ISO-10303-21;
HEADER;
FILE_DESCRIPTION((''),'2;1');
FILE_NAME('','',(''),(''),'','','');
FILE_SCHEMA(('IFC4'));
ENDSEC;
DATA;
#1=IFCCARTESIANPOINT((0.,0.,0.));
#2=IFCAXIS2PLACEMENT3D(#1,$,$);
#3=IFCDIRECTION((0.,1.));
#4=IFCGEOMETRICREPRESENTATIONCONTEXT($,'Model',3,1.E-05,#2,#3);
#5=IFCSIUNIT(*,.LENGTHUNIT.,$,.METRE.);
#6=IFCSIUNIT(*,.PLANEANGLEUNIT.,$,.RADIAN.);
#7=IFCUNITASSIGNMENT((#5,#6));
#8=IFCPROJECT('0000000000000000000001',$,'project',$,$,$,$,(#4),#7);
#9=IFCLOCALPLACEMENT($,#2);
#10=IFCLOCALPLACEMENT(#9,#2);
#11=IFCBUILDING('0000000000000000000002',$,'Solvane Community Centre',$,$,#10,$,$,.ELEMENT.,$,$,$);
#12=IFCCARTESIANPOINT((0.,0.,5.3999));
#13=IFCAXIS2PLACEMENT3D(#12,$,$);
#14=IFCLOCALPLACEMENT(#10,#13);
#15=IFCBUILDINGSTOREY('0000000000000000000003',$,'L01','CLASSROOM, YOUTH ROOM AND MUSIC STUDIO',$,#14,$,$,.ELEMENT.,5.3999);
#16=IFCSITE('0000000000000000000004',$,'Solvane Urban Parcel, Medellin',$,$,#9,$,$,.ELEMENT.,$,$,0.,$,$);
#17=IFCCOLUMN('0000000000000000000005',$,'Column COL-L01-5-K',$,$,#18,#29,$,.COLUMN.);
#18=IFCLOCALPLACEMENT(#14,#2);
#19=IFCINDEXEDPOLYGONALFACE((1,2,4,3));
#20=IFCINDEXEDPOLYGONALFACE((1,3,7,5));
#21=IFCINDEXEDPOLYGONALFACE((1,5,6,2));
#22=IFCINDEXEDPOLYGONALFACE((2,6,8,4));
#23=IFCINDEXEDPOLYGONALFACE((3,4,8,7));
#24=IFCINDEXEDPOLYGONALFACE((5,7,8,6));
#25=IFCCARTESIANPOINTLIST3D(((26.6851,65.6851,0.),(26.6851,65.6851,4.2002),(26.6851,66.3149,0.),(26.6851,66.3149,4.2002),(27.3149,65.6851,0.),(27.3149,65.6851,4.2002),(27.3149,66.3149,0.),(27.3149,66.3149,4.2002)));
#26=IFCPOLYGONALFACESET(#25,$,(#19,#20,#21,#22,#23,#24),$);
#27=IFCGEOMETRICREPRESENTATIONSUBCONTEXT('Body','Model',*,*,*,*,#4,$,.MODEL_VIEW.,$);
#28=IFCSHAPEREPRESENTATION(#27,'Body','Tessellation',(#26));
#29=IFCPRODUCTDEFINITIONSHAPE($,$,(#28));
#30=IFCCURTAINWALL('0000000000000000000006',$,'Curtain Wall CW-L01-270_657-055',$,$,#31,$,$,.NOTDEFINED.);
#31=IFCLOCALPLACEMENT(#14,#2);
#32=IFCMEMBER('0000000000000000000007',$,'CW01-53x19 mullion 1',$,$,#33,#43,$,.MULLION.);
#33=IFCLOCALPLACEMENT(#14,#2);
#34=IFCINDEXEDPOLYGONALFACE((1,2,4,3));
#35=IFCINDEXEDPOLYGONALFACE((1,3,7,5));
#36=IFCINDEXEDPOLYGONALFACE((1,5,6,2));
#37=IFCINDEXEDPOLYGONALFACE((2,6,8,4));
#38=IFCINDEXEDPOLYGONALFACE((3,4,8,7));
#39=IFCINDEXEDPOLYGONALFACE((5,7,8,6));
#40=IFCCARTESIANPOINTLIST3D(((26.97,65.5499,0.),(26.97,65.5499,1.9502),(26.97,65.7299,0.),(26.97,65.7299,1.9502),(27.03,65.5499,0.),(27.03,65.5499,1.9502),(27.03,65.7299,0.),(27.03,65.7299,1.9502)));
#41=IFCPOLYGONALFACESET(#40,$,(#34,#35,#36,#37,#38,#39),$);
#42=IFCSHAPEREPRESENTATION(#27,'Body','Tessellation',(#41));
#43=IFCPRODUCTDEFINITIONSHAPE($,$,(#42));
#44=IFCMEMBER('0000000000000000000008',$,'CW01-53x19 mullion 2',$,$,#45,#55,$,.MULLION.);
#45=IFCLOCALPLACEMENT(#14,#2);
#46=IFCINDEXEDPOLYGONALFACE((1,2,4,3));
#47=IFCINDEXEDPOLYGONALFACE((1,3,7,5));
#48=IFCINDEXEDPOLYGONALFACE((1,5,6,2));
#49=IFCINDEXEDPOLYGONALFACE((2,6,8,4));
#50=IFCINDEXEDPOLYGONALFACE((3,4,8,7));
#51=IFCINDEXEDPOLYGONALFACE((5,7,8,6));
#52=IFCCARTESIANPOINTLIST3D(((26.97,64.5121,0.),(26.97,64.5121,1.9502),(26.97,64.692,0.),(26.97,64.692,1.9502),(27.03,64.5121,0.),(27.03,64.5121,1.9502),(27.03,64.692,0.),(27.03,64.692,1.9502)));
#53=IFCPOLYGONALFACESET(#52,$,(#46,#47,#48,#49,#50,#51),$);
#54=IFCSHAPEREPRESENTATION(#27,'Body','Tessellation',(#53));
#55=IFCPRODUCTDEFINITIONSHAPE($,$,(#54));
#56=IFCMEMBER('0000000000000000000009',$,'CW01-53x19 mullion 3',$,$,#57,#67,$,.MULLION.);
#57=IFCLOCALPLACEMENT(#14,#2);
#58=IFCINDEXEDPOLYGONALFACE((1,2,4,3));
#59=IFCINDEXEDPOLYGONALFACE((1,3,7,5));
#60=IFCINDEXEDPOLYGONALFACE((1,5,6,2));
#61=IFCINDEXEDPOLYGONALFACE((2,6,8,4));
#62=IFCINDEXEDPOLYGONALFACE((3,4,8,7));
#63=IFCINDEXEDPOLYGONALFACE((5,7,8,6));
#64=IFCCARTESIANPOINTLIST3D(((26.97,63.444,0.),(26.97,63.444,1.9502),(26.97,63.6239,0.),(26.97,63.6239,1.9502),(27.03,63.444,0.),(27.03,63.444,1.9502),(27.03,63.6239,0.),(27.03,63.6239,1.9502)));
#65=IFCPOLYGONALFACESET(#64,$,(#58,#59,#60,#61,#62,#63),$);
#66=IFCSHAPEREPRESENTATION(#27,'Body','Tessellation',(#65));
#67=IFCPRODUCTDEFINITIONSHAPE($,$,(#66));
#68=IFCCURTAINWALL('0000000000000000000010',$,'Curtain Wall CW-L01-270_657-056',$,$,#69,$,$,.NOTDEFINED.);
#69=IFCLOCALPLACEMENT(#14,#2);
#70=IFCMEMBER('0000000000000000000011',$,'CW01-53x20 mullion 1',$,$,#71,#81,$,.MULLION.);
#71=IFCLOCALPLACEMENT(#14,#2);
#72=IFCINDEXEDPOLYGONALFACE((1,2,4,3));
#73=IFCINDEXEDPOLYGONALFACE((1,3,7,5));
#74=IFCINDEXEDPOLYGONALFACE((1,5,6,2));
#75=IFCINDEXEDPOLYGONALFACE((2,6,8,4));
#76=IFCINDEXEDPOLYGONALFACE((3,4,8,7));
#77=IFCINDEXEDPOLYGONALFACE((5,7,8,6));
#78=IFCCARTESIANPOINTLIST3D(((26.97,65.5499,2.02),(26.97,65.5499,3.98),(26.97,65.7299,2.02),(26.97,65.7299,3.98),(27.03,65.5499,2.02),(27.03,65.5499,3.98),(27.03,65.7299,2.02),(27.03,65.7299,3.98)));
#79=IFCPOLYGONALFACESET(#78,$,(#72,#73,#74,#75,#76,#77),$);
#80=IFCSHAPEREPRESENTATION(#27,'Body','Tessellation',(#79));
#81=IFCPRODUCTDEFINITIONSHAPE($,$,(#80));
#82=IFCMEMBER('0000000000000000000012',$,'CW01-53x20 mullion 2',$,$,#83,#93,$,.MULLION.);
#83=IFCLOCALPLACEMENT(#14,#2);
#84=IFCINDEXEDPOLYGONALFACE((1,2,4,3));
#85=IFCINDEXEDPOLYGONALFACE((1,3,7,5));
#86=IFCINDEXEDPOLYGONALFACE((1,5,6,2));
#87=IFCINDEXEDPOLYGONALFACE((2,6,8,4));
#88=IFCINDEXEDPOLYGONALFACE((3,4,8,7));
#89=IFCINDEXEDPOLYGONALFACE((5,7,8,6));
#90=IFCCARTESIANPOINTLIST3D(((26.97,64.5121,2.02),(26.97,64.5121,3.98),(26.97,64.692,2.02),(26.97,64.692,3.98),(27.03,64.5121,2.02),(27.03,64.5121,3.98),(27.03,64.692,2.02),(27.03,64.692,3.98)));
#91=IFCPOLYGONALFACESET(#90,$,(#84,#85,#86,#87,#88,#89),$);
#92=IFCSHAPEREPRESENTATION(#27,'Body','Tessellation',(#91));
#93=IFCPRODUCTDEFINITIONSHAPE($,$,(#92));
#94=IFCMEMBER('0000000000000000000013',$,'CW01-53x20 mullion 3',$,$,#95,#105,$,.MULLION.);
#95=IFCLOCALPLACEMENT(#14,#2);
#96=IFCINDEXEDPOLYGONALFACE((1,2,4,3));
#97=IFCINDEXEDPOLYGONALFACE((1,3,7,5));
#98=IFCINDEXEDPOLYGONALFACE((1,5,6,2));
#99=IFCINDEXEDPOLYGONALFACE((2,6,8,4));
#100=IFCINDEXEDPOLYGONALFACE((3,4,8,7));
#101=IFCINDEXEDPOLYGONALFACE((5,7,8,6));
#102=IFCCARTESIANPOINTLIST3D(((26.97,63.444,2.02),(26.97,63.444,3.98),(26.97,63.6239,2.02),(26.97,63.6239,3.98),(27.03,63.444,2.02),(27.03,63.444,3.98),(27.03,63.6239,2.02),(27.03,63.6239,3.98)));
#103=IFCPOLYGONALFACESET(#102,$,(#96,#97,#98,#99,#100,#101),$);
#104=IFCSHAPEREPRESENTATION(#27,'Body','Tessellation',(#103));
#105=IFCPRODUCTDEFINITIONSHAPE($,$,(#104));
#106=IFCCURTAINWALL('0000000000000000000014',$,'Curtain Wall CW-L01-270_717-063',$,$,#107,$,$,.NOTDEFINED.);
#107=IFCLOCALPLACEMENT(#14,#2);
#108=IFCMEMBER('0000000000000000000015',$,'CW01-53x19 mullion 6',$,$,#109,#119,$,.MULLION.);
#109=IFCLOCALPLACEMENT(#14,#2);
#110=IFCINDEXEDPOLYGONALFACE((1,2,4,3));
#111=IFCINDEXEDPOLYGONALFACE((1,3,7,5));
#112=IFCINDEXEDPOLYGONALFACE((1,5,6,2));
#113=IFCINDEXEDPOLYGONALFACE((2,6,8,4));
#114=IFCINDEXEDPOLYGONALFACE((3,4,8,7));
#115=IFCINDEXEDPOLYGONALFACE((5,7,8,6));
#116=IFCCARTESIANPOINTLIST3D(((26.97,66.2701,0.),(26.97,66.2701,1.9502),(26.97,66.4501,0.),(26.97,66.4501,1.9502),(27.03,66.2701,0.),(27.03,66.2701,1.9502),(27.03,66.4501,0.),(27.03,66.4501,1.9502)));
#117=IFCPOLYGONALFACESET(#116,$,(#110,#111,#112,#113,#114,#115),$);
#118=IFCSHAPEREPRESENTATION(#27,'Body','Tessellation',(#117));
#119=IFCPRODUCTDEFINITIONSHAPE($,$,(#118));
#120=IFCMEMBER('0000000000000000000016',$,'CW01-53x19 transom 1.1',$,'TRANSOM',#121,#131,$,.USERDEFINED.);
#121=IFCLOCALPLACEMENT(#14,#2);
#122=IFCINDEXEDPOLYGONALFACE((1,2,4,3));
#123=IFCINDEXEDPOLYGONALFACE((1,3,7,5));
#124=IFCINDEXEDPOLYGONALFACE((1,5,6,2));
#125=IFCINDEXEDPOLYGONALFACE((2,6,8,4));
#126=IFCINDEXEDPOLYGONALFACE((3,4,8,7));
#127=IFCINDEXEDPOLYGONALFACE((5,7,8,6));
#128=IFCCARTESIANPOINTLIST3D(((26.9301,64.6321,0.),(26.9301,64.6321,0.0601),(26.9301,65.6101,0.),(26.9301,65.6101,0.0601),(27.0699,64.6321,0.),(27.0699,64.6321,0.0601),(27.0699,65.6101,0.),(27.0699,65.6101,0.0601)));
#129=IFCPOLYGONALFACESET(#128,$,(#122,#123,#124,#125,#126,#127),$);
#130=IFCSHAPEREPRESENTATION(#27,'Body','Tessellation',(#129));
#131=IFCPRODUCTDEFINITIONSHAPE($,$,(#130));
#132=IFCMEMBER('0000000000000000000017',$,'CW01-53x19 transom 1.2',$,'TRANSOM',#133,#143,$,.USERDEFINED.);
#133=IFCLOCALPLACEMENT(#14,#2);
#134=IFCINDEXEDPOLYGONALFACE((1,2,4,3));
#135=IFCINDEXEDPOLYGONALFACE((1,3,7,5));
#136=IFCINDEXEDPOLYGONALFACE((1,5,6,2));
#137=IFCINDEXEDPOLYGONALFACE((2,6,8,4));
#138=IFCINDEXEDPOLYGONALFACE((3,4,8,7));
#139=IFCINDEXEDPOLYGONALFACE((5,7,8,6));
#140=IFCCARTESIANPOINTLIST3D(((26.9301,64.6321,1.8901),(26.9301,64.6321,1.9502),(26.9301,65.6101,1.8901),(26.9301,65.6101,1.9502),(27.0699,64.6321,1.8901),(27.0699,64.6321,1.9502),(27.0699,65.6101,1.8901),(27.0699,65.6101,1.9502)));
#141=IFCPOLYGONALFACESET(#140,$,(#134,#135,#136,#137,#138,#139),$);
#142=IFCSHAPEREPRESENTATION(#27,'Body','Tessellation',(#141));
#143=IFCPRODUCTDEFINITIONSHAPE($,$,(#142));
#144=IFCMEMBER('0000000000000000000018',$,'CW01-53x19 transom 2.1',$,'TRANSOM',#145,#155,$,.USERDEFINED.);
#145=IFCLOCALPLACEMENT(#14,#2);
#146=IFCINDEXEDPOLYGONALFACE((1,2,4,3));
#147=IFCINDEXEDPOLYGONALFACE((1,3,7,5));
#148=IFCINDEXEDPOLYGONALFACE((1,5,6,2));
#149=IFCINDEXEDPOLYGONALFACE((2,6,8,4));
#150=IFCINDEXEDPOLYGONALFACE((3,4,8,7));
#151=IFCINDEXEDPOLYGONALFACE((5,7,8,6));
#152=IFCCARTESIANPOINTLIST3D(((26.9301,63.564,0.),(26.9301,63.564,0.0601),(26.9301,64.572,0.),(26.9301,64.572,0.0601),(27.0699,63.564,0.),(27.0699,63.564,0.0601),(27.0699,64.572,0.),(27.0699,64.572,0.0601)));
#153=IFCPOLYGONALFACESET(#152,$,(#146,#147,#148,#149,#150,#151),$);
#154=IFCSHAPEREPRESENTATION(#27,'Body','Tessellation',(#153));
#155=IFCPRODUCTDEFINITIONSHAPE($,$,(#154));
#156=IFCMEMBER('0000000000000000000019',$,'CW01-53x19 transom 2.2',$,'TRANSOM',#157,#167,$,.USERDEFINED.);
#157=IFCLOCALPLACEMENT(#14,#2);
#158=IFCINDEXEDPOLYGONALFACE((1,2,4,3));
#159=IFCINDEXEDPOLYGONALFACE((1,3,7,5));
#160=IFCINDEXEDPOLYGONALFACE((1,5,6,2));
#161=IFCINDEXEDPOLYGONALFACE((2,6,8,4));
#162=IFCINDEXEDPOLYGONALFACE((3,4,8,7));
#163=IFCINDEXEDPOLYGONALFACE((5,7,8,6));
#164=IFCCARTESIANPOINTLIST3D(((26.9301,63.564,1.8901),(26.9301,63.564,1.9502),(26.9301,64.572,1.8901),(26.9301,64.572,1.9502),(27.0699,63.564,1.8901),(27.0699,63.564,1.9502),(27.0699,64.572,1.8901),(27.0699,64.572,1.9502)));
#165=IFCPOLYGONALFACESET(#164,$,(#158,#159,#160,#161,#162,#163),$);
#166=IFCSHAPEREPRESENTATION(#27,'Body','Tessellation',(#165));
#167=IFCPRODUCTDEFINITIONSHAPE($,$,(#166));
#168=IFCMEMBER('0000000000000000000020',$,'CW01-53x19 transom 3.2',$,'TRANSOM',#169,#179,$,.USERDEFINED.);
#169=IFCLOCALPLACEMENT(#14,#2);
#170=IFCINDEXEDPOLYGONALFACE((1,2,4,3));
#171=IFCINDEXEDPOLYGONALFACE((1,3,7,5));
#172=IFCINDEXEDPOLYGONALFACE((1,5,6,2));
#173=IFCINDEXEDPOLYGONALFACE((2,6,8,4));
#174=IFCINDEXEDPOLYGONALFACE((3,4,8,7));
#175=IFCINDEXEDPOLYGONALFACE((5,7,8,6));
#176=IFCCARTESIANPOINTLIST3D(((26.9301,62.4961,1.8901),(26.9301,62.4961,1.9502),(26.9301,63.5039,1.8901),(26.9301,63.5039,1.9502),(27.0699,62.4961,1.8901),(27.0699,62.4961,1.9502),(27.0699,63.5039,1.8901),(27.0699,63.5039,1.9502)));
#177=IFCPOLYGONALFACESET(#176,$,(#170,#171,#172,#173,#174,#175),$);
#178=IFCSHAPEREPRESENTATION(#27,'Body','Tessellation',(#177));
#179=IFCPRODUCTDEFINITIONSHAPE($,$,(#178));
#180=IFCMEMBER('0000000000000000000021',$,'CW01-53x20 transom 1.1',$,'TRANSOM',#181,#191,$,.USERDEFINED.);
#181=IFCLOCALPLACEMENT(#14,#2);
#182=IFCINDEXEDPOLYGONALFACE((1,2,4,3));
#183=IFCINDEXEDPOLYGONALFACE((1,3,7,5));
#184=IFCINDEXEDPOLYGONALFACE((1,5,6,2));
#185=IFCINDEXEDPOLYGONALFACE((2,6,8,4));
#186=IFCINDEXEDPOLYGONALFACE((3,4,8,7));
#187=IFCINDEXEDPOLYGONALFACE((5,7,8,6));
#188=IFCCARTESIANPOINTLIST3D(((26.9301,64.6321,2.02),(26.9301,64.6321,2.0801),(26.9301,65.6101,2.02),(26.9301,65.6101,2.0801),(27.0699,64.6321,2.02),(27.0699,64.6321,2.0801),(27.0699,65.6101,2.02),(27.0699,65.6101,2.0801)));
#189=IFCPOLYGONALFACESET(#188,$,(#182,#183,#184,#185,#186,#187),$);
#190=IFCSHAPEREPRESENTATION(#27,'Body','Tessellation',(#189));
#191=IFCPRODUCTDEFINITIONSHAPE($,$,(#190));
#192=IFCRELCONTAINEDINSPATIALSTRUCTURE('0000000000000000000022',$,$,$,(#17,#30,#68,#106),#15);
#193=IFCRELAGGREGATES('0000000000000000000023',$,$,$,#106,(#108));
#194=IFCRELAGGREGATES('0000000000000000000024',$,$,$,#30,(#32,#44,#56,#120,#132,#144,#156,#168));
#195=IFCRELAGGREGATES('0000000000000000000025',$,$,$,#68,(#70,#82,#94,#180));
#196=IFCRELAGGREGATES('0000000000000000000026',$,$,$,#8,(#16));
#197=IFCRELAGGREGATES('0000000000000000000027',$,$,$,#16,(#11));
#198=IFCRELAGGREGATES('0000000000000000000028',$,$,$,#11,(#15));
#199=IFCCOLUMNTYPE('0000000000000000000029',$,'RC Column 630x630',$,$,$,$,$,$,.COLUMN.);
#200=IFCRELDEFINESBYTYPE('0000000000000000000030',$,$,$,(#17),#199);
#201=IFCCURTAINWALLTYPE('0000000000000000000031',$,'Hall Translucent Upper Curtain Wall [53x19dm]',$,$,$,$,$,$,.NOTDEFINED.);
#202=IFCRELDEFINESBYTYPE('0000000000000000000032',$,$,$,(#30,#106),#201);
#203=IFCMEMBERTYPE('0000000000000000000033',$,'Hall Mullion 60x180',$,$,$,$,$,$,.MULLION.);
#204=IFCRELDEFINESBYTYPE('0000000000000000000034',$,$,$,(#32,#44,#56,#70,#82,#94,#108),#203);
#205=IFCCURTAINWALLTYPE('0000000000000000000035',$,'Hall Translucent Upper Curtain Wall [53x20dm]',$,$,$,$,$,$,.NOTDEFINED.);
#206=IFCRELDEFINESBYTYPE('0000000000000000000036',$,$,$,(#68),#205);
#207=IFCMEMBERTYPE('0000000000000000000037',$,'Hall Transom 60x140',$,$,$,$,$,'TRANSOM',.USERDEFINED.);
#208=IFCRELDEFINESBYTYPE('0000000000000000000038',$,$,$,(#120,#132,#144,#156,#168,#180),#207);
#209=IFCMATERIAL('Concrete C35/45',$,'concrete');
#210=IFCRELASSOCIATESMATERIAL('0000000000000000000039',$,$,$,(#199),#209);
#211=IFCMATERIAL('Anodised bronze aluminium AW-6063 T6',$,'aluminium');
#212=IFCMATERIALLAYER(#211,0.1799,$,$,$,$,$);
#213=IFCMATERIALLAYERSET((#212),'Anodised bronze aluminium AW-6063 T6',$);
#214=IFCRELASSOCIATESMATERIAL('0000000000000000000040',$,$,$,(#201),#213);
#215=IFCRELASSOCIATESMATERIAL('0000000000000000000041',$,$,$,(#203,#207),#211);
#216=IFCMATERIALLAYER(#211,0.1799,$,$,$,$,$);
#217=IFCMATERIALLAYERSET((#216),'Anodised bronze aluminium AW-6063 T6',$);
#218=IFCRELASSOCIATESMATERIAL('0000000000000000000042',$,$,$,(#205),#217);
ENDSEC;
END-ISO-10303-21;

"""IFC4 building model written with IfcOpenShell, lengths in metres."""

from ifc_helpers import new_model, si_unit, direction, frame, origin, origin_2d, place, context, subcontext, project, spatial, rectangle, extrude, material, layer, layer_set, material_profile, profile_set, type_object, element, aggregate, save


model = new_model("IFC4")

# Units and contexts
model_context = context("Model", 3, precision=1e-05, world=origin(), true_north=direction((0.0, 1.0)))
body_context = subcontext(model_context, "Body", "Model", "MODEL_VIEW")
ifc_project = project(units=[si_unit("LENGTHUNIT", "METRE"), si_unit("PLANEANGLEUNIT", "RADIAN")], contexts=[model_context])

# Site, building, storey
site_placement = place(None, origin())
site = spatial("IfcSite", under=ifc_project, at=site_placement, Name="Solvane Urban Parcel, Medellin", CompositionType="ELEMENT", RefElevation=0.0)
building_placement = place(site_placement, origin())
building = spatial("IfcBuilding", under=site, at=building_placement, Name="Solvane Community Centre", CompositionType="ELEMENT")
storey_placement = place(building_placement, frame((0.0, 0.0, 5.3999)))
storey = spatial("IfcBuildingStorey", under=building, at=storey_placement, Name="L01", Description="CLASSROOM, YOUTH ROOM AND MUSIC STUDIO", CompositionType="ELEMENT", Elevation=5.3999)

# Column
ifc_material_1 = material(Name="Concrete C35/45", Category="concrete")
ifc_material_profile_1 = material_profile(ifc_material_1, rectangle(XDim=0.6299, YDim=0.6299, at=origin_2d()), Name="RC 630x630")
ifc_profile_set_1 = profile_set([ifc_material_profile_1], Name="Concrete C35/45")
column_type = type_object("IfcColumnType", Name="RC Column 630x630", PredefinedType="COLUMN", material=ifc_profile_set_1)
column_placement = place(storey_placement, frame((27.0, 66.0, 0.0), z_axis=(0.0, 0.0, 1.0), x_axis=(1.0, 0.0, 0.0)))
element("IfcColumn", 1, at=column_placement, inside=storey, type_object=column_type, Name="Column COL-L01-5-K", PredefinedType="COLUMN", context=body_context, shape_type="SweptSolid", body=[
    extrude(rectangle(XDim=0.6299, YDim=0.6299, at=origin_2d()), origin(), (0.0, 0.0, 1.0), 4.2002),
])

# Curtain walls, members
ifc_material_2 = material(Name="Anodised bronze aluminium AW-6063 T6", Category="aluminium")
ifc_layer_1 = layer(ifc_material_2, 0.1799)
ifc_layer_set_1 = layer_set([ifc_layer_1], Name="Anodised bronze aluminium AW-6063 T6")
curtain_wall_type_1 = type_object("IfcCurtainWallType", Name="Hall Translucent Upper Curtain Wall [53x19dm]", PredefinedType="NOTDEFINED", material=ifc_layer_set_1)
curtain_wall_1_placement = place(storey_placement, origin())
curtain_wall_1 = element("IfcCurtainWall", 2, at=curtain_wall_1_placement, inside=storey, type_object=curtain_wall_type_1, Name="Curtain Wall CW-L01-270_657-055", PredefinedType="NOTDEFINED")
ifc_material_profile_2 = material_profile(ifc_material_2, rectangle(XDim=0.0601, YDim=0.1799, at=origin_2d()), Name="CW-M 60x180")
ifc_profile_set_2 = profile_set([ifc_material_profile_2], Name="Anodised bronze aluminium AW-6063 T6")
member_type_1 = type_object("IfcMemberType", Name="Hall Mullion 60x180", PredefinedType="MULLION", material=ifc_profile_set_2)
member_1_placement = place(storey_placement, frame((27.0, 65.6399, 0.0), z_axis=(0.0, 0.0, 1.0), x_axis=(1.0, 0.0, 0.0)))
member_1 = element("IfcMember", 3, at=member_1_placement, type_object=member_type_1, Name="CW01-53x19 mullion 1", PredefinedType="MULLION", context=body_context, shape_type="SweptSolid", body=[
    extrude(rectangle(XDim=0.0601, YDim=0.1799, at=origin_2d()), origin(), (0.0, 0.0, 1.0), 1.9502),
])
member_2_placement = place(storey_placement, frame((27.0, 64.6021, 0.0), z_axis=(0.0, 0.0, 1.0), x_axis=(1.0, 0.0, 0.0)))
member_2 = element("IfcMember", 4, at=member_2_placement, type_object=member_type_1, Name="CW01-53x19 mullion 2", PredefinedType="MULLION", context=body_context, shape_type="SweptSolid", body=[
    extrude(rectangle(XDim=0.0601, YDim=0.1799, at=origin_2d()), origin(), (0.0, 0.0, 1.0), 1.9502),
])
member_3_placement = place(storey_placement, frame((27.0, 63.5339, 0.0), z_axis=(0.0, 0.0, 1.0), x_axis=(1.0, 0.0, 0.0)))
member_3 = element("IfcMember", 5, at=member_3_placement, type_object=member_type_1, Name="CW01-53x19 mullion 3", PredefinedType="MULLION", context=body_context, shape_type="SweptSolid", body=[
    extrude(rectangle(XDim=0.0601, YDim=0.1799, at=origin_2d()), origin(), (0.0, 0.0, 1.0), 1.9502),
])
ifc_layer_2 = layer(ifc_material_2, 0.1799)
ifc_layer_set_2 = layer_set([ifc_layer_2], Name="Anodised bronze aluminium AW-6063 T6")
curtain_wall_type_2 = type_object("IfcCurtainWallType", Name="Hall Translucent Upper Curtain Wall [53x20dm]", PredefinedType="NOTDEFINED", material=ifc_layer_set_2)
curtain_wall_2_placement = place(storey_placement, origin())
curtain_wall_2 = element("IfcCurtainWall", 6, at=curtain_wall_2_placement, inside=storey, type_object=curtain_wall_type_2, Name="Curtain Wall CW-L01-270_657-056", PredefinedType="NOTDEFINED")
member_4_placement = place(storey_placement, frame((27.0, 65.6399, 2.02), z_axis=(0.0, 0.0, 1.0), x_axis=(1.0, 0.0, 0.0)))
member_4 = element("IfcMember", 7, at=member_4_placement, type_object=member_type_1, Name="CW01-53x20 mullion 1", PredefinedType="MULLION", context=body_context, shape_type="SweptSolid", body=[
    extrude(rectangle(XDim=0.0601, YDim=0.1799, at=origin_2d()), origin(), (0.0, 0.0, 1.0), 1.96),
])
member_5_placement = place(storey_placement, frame((27.0, 64.6021, 2.02), z_axis=(0.0, 0.0, 1.0), x_axis=(1.0, 0.0, 0.0)))
member_5 = element("IfcMember", 8, at=member_5_placement, type_object=member_type_1, Name="CW01-53x20 mullion 2", PredefinedType="MULLION", context=body_context, shape_type="SweptSolid", body=[
    extrude(rectangle(XDim=0.0601, YDim=0.1799, at=origin_2d()), origin(), (0.0, 0.0, 1.0), 1.96),
])
member_6_placement = place(storey_placement, frame((27.0, 63.5339, 2.02), z_axis=(0.0, 0.0, 1.0), x_axis=(1.0, 0.0, 0.0)))
member_6 = element("IfcMember", 9, at=member_6_placement, type_object=member_type_1, Name="CW01-53x20 mullion 3", PredefinedType="MULLION", context=body_context, shape_type="SweptSolid", body=[
    extrude(rectangle(XDim=0.0601, YDim=0.1799, at=origin_2d()), origin(), (0.0, 0.0, 1.0), 1.96),
])

# Curtain wall, member
curtain_wall_3_placement = place(storey_placement, origin())
curtain_wall_3 = element("IfcCurtainWall", 10, at=curtain_wall_3_placement, inside=storey, type_object=curtain_wall_type_1, Name="Curtain Wall CW-L01-270_717-063", PredefinedType="NOTDEFINED")
member_7_placement = place(storey_placement, frame((27.0, 66.3601, 0.0), z_axis=(0.0, 0.0, 1.0), x_axis=(1.0, 0.0, 0.0)))
member_7 = element("IfcMember", 11, at=member_7_placement, type_object=member_type_1, Name="CW01-53x19 mullion 6", PredefinedType="MULLION", context=body_context, shape_type="SweptSolid", body=[
    extrude(rectangle(XDim=0.0601, YDim=0.1799, at=origin_2d()), origin(), (0.0, 0.0, 1.0), 1.9502),
])
aggregate(curtain_wall_3, [member_7])

# Members
ifc_material_profile_3 = material_profile(ifc_material_2, rectangle(XDim=0.1399, YDim=0.0601, at=origin_2d()), Name="CW-T 60x140")
ifc_profile_set_3 = profile_set([ifc_material_profile_3], Name="Anodised bronze aluminium AW-6063 T6")
member_type_2 = type_object("IfcMemberType", Name="Hall Transom 60x140", ElementType="TRANSOM", PredefinedType="USERDEFINED", material=ifc_profile_set_3)
member_8_placement = place(storey_placement, frame((27.0, 65.6101, 0.03), z_axis=(0.0, -1.0, 0.0), x_axis=(1.0, 0.0, 0.0)))
member_8 = element("IfcMember", 12, at=member_8_placement, type_object=member_type_2, Name="CW01-53x19 transom 1.1", ObjectType="TRANSOM", PredefinedType="USERDEFINED", context=body_context, shape_type="SweptSolid", body=[
    extrude(rectangle(XDim=0.1399, YDim=0.0601, at=origin_2d()), origin(), (0.0, 0.0, 1.0), 0.978),
])
member_9_placement = place(storey_placement, frame((27.0, 65.6101, 1.9202), z_axis=(0.0, -1.0, 0.0), x_axis=(1.0, 0.0, 0.0)))
member_9 = element("IfcMember", 13, at=member_9_placement, type_object=member_type_2, Name="CW01-53x19 transom 1.2", ObjectType="TRANSOM", PredefinedType="USERDEFINED", context=body_context, shape_type="SweptSolid", body=[
    extrude(rectangle(XDim=0.1399, YDim=0.0601, at=origin_2d()), origin(), (0.0, 0.0, 1.0), 0.978),
])
member_10_placement = place(storey_placement, frame((27.0, 64.572, 0.03), z_axis=(0.0, -1.0, 0.0), x_axis=(1.0, 0.0, 0.0)))
member_10 = element("IfcMember", 14, at=member_10_placement, type_object=member_type_2, Name="CW01-53x19 transom 2.1", ObjectType="TRANSOM", PredefinedType="USERDEFINED", context=body_context, shape_type="SweptSolid", body=[
    extrude(rectangle(XDim=0.1399, YDim=0.0601, at=origin_2d()), origin(), (0.0, 0.0, 1.0), 1.0081),
])
member_11_placement = place(storey_placement, frame((27.0, 64.572, 1.9202), z_axis=(0.0, -1.0, 0.0), x_axis=(1.0, 0.0, 0.0)))
member_11 = element("IfcMember", 15, at=member_11_placement, type_object=member_type_2, Name="CW01-53x19 transom 2.2", ObjectType="TRANSOM", PredefinedType="USERDEFINED", context=body_context, shape_type="SweptSolid", body=[
    extrude(rectangle(XDim=0.1399, YDim=0.0601, at=origin_2d()), origin(), (0.0, 0.0, 1.0), 1.0081),
])
member_12_placement = place(storey_placement, frame((27.0, 63.5039, 1.9202), z_axis=(0.0, -1.0, 0.0), x_axis=(1.0, 0.0, 0.0)))
member_12 = element("IfcMember", 16, at=member_12_placement, type_object=member_type_2, Name="CW01-53x19 transom 3.2", ObjectType="TRANSOM", PredefinedType="USERDEFINED", context=body_context, shape_type="SweptSolid", body=[
    extrude(rectangle(XDim=0.1399, YDim=0.0601, at=origin_2d()), origin(), (0.0, 0.0, 1.0), 1.0078),
])
member_13_placement = place(storey_placement, frame((27.0, 65.6101, 2.05), z_axis=(0.0, -1.0, 0.0), x_axis=(1.0, 0.0, 0.0)))
member_13 = element("IfcMember", 17, at=member_13_placement, type_object=member_type_2, Name="CW01-53x20 transom 1.1", ObjectType="TRANSOM", PredefinedType="USERDEFINED", context=body_context, shape_type="SweptSolid", body=[
    extrude(rectangle(XDim=0.1399, YDim=0.0601, at=origin_2d()), origin(), (0.0, 0.0, 1.0), 0.978),
])

aggregate(curtain_wall_1, [member_1, member_2, member_3, member_8, member_9, member_10, member_11, member_12])
aggregate(curtain_wall_2, [member_4, member_5, member_6, member_13])

save(model, "model.ifc")
